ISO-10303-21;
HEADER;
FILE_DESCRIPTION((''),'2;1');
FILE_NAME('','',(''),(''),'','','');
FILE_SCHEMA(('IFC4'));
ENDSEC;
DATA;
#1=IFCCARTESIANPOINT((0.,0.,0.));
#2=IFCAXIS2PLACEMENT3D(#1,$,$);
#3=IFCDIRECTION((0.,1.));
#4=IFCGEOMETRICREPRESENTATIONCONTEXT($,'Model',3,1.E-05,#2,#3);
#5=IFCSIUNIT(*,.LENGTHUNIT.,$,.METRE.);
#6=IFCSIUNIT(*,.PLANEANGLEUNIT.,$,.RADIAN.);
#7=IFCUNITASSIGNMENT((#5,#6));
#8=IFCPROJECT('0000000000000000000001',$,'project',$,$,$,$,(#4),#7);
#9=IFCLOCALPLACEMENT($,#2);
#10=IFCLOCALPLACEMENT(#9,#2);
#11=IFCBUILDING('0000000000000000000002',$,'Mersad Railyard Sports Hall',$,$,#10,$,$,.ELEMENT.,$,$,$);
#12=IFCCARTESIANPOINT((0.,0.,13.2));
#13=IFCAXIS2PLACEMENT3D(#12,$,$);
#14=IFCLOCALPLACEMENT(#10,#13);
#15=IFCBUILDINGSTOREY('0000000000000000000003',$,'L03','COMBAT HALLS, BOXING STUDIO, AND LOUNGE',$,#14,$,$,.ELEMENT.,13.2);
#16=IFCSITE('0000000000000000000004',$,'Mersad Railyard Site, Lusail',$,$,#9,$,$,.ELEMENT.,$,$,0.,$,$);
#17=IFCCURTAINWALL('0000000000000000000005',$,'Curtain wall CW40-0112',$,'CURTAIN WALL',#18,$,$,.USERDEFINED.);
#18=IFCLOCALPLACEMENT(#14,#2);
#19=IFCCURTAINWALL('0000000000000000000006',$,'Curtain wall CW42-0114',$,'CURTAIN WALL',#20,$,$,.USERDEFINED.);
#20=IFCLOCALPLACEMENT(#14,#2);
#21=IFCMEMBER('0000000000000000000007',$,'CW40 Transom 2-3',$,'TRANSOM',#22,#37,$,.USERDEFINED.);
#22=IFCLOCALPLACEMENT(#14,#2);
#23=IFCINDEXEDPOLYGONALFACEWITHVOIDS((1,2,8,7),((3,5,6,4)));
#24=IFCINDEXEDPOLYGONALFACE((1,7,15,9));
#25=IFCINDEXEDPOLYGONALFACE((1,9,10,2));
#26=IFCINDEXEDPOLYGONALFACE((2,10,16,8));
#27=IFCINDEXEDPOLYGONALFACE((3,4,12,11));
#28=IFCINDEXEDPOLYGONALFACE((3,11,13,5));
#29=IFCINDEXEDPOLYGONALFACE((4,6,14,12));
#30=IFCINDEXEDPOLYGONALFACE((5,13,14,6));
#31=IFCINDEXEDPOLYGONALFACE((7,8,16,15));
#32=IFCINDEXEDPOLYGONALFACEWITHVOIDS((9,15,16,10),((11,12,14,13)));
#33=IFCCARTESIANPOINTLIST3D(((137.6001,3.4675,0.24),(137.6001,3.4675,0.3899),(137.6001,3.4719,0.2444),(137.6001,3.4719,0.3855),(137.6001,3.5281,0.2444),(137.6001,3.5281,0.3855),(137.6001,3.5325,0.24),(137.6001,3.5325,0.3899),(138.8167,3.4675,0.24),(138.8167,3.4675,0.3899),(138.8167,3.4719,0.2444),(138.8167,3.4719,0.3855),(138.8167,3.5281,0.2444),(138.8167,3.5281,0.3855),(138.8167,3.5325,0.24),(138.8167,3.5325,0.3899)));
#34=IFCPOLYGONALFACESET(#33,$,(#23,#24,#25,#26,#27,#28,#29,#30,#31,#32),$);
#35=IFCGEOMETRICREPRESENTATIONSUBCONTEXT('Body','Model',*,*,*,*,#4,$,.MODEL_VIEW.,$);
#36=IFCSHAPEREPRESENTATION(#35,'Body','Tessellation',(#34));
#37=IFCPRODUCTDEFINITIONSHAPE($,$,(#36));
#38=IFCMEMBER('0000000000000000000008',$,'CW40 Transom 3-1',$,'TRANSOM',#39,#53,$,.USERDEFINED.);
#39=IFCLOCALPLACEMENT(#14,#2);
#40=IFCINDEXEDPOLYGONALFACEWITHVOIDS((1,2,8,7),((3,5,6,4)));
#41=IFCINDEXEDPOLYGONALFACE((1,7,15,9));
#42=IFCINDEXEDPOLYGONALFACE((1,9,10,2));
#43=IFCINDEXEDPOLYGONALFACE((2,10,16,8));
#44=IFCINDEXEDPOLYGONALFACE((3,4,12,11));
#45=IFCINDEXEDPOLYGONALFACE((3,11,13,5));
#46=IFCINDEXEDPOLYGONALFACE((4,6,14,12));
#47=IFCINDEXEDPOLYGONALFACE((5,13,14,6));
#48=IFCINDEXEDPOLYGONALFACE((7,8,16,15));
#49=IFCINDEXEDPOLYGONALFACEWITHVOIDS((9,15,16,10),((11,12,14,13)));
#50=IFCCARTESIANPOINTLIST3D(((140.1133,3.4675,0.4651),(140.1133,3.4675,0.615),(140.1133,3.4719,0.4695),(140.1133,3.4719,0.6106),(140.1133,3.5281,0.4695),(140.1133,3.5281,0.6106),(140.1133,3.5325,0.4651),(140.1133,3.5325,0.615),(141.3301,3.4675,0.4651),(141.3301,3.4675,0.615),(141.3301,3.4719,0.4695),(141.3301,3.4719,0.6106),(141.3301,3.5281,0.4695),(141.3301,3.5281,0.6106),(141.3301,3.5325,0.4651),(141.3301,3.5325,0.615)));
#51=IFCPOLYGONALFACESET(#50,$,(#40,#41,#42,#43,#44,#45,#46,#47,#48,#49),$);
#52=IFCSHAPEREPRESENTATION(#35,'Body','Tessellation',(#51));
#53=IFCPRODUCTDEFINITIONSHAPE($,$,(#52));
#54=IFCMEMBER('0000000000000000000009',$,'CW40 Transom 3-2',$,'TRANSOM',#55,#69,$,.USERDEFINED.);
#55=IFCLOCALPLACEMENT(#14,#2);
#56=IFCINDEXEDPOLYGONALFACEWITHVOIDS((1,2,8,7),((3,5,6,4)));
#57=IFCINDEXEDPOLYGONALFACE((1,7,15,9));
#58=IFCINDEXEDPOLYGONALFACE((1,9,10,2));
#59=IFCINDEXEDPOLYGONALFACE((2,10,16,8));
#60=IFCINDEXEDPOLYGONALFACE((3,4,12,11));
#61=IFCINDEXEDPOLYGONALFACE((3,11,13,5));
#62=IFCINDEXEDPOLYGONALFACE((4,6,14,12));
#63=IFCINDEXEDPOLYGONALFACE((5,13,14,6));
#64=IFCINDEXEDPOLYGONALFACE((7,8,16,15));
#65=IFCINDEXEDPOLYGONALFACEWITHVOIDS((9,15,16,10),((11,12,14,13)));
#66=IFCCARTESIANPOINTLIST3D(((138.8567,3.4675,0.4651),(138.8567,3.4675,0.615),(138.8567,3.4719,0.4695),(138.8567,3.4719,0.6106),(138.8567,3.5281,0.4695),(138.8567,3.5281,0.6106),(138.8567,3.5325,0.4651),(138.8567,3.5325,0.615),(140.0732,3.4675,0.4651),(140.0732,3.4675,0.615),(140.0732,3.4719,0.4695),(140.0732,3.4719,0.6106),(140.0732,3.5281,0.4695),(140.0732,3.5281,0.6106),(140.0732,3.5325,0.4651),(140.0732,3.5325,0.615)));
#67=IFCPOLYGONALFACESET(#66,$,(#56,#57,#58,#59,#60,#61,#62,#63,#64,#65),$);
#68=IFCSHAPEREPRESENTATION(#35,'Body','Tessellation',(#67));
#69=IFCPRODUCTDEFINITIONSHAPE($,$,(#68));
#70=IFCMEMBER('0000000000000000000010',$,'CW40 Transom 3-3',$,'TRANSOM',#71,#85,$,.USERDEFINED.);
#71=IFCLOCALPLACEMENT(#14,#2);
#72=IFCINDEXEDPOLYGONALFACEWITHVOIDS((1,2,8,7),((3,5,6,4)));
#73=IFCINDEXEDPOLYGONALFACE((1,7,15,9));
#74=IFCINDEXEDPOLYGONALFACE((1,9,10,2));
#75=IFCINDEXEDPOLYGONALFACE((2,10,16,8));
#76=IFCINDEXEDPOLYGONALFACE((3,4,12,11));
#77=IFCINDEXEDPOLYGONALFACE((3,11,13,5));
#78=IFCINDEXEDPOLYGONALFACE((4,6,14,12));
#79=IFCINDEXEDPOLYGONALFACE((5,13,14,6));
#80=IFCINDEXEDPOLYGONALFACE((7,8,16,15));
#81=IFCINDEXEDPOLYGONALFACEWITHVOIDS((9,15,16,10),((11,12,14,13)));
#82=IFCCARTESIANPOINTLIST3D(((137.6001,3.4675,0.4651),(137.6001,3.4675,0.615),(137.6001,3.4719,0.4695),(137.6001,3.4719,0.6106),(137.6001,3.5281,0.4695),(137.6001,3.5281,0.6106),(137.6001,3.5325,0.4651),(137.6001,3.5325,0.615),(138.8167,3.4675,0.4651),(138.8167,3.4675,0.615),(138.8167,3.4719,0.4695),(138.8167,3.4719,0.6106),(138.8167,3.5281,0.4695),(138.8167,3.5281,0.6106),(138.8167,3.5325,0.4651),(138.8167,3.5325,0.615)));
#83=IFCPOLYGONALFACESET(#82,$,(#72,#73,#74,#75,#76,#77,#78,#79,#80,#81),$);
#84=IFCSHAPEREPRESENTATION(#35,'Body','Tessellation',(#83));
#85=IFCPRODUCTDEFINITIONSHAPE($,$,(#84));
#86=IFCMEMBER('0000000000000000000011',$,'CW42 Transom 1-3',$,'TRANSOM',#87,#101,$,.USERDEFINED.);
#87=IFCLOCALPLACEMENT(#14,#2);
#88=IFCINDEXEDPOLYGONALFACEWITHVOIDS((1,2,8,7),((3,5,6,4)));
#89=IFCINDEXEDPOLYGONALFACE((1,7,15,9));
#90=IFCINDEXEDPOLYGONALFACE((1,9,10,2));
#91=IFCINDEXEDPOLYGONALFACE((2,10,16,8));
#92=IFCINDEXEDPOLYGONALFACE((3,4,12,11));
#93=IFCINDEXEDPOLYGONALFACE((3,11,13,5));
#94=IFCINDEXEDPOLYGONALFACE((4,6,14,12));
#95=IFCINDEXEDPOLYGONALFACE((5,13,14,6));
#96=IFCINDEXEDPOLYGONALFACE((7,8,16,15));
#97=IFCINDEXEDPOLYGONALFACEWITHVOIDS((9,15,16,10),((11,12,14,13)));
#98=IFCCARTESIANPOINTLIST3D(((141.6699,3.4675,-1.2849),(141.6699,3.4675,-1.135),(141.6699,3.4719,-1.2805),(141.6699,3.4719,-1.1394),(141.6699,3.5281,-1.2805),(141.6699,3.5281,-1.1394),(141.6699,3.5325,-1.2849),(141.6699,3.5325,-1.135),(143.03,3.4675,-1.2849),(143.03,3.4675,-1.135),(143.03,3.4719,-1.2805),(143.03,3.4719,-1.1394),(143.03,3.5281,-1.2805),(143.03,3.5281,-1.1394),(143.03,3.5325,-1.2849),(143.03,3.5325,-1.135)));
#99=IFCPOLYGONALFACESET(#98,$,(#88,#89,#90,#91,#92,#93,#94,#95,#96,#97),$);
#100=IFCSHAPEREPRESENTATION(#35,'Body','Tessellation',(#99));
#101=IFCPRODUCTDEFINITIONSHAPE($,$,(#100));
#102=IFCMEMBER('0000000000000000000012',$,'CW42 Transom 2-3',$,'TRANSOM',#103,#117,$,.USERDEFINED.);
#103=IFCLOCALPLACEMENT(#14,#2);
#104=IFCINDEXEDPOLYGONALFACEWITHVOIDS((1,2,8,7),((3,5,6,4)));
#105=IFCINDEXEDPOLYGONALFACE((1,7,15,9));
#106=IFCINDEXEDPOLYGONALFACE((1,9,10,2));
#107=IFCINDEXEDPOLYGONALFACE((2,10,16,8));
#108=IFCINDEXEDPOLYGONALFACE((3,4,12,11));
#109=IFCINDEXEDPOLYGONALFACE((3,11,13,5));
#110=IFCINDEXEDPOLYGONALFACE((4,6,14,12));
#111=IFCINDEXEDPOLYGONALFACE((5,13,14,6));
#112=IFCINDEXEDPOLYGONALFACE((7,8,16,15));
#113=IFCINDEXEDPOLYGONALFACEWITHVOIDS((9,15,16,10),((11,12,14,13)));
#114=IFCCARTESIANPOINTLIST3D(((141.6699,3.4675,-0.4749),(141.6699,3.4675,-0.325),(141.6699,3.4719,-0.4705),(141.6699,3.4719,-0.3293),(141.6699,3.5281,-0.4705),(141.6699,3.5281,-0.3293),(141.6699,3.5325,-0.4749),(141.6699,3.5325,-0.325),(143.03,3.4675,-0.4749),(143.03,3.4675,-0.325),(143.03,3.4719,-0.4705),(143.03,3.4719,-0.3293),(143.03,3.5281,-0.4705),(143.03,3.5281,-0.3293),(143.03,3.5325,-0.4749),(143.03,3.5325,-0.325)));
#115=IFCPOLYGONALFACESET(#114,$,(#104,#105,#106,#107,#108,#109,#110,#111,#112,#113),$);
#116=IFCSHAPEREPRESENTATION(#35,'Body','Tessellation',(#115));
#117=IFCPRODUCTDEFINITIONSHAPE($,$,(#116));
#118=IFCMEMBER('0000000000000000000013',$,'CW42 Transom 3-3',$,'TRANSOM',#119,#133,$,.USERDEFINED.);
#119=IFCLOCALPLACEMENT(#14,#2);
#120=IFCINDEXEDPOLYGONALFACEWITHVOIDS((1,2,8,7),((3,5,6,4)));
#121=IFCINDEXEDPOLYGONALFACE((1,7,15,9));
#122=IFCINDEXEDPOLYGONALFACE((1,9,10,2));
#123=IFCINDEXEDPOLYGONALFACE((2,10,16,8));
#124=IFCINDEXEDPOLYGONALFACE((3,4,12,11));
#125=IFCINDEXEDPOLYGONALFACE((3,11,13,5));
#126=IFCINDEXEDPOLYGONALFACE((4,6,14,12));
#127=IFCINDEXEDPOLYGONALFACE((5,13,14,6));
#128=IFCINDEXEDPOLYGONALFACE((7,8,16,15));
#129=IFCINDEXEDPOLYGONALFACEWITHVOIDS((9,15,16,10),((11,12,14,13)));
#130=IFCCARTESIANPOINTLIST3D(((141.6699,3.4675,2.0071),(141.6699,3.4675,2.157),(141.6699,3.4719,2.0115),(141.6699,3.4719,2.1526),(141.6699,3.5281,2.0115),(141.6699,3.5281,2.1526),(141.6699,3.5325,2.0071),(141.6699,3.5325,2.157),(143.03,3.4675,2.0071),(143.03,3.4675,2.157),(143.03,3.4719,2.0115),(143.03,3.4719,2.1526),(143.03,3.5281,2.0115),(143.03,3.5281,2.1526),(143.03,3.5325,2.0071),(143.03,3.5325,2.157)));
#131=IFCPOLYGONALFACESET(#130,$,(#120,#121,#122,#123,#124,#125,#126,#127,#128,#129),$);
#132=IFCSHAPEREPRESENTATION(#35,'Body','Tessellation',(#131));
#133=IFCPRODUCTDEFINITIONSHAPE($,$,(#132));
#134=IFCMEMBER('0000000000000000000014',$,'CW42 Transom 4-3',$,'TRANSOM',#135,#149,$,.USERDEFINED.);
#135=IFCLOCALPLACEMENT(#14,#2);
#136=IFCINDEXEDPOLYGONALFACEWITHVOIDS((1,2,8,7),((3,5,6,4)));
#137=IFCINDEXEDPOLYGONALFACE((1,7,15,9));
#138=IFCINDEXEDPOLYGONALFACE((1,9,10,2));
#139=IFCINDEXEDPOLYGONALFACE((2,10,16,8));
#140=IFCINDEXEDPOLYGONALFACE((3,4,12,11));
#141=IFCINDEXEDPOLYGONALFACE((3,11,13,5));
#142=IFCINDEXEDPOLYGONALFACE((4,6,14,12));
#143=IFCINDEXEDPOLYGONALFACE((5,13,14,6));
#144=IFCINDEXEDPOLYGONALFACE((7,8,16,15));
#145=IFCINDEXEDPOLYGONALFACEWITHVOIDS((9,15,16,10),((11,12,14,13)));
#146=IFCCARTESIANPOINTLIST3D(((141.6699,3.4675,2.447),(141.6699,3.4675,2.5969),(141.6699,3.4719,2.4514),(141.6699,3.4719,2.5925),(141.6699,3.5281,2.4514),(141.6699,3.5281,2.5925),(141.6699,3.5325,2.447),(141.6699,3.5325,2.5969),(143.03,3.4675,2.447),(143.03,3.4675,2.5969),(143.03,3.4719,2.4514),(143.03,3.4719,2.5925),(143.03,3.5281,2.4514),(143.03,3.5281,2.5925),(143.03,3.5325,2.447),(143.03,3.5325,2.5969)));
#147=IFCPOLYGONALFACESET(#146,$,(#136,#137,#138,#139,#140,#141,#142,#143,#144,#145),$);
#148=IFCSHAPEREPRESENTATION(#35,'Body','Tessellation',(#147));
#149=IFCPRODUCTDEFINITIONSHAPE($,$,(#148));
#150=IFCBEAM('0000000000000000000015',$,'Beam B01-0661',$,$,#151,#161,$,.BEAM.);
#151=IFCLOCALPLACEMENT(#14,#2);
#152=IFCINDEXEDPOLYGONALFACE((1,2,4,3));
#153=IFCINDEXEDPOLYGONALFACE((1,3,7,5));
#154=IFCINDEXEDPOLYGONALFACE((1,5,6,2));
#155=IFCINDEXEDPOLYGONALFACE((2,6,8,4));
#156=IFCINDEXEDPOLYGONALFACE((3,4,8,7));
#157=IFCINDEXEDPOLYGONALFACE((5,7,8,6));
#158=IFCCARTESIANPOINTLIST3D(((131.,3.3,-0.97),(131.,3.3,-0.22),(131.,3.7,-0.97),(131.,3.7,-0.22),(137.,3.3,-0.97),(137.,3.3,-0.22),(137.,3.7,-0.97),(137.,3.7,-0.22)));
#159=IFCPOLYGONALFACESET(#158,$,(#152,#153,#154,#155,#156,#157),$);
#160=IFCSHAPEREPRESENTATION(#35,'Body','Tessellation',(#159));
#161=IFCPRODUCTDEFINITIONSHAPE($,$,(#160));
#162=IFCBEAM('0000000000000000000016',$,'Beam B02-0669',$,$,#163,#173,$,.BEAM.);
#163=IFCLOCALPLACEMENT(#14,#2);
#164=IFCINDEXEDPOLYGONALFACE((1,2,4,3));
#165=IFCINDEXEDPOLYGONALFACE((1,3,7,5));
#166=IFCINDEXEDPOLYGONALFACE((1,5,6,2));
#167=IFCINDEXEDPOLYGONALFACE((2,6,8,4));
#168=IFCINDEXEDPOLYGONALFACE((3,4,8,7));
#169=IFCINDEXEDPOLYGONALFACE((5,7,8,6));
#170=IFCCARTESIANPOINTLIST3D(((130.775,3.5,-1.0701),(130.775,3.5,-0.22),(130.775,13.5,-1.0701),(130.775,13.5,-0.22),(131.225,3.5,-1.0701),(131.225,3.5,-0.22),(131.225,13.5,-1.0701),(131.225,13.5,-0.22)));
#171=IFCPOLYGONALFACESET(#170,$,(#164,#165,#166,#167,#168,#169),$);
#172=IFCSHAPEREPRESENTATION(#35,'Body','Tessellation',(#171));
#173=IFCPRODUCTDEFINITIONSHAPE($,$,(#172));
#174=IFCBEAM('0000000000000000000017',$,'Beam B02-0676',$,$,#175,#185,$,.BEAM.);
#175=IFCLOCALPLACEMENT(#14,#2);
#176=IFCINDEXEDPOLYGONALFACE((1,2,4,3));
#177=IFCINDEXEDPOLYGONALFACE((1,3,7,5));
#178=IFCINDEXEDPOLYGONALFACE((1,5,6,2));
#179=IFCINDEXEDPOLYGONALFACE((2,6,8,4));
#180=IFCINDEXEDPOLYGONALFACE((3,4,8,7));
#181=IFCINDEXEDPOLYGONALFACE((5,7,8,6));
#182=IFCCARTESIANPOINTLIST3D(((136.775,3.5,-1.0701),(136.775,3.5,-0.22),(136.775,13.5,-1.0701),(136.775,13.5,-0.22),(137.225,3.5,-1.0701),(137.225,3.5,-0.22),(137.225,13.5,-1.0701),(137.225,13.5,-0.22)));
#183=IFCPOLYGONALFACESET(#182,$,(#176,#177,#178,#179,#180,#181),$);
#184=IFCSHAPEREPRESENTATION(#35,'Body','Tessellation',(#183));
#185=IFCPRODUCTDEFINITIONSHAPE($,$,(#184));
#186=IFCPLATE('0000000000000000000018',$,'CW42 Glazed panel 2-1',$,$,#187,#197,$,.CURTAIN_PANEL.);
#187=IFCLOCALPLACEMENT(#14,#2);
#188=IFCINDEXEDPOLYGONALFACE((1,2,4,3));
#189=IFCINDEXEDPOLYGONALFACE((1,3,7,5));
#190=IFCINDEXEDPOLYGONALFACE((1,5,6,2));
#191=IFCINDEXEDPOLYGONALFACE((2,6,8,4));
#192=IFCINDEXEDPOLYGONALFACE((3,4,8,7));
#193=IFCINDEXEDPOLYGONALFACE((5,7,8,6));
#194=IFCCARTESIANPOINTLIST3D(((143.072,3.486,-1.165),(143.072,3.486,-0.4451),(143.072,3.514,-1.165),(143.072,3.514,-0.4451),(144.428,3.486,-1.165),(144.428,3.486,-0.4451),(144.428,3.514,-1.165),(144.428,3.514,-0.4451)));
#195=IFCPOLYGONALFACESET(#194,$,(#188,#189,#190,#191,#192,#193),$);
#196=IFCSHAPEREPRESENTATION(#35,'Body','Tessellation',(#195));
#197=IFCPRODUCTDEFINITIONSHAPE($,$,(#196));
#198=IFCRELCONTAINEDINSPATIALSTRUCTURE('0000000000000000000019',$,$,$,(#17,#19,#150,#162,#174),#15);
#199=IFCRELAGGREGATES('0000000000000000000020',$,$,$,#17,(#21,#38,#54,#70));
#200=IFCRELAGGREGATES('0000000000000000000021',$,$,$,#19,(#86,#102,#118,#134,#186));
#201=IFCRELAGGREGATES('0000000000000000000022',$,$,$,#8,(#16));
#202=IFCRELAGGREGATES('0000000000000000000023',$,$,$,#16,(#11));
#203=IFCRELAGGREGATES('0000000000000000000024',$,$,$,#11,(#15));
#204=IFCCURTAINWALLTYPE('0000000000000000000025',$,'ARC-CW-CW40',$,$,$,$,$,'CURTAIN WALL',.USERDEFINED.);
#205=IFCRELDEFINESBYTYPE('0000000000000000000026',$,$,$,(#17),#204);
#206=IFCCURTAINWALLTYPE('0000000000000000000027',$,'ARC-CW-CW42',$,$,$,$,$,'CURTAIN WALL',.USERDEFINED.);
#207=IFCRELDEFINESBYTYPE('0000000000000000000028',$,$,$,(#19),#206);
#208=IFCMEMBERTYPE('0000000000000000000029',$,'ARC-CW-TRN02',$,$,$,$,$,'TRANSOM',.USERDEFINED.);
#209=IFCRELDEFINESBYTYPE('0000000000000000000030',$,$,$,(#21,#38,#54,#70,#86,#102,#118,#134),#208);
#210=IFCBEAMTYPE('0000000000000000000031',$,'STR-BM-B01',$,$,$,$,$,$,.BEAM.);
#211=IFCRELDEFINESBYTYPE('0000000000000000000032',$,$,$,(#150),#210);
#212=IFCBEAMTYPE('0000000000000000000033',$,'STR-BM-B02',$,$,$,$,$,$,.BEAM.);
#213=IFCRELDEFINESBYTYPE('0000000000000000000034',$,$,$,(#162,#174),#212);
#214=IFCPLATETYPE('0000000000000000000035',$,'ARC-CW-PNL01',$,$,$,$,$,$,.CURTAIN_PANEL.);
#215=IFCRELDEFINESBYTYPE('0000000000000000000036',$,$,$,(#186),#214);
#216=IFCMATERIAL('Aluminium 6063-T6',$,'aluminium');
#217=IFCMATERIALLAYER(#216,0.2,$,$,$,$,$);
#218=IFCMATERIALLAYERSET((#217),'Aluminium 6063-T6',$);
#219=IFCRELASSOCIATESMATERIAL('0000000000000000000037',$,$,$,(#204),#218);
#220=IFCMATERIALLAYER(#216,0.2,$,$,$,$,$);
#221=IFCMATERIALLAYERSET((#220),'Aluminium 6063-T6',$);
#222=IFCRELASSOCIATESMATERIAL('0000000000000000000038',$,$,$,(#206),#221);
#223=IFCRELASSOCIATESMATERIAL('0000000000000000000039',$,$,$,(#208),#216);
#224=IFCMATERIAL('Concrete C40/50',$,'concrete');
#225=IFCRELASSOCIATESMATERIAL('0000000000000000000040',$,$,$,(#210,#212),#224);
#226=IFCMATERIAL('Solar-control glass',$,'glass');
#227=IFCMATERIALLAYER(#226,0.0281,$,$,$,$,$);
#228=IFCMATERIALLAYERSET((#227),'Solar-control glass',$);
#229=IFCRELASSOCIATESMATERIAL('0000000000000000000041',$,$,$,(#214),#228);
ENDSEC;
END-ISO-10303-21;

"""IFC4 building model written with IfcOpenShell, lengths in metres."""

from ifc_helpers import new_model, si_unit, direction, frame, origin, origin_2d, place, context, subcontext, project, spatial, rectangle, hollow_rectangle, extrude, material, layer, layer_set, material_profile, profile_set, type_object, element, aggregate, save


model = new_model("IFC4")

# Units and contexts
model_context = context("Model", 3, precision=1e-05, world=origin(), true_north=direction((0.0, 1.0)))
body_context = subcontext(model_context, "Body", "Model", "MODEL_VIEW")
ifc_project = project(units=[si_unit("LENGTHUNIT", "METRE"), si_unit("PLANEANGLEUNIT", "RADIAN")], contexts=[model_context])

# Site, building, storey
site_placement = place(None, origin())
site = spatial("IfcSite", under=ifc_project, at=site_placement, Name="Mersad Railyard Site, Lusail", CompositionType="ELEMENT", RefElevation=0.0)
building_placement = place(site_placement, origin())
building = spatial("IfcBuilding", under=site, at=building_placement, Name="Mersad Railyard Sports Hall", CompositionType="ELEMENT")
storey_placement = place(building_placement, frame((0.0, 0.0, 13.2)))
storey = spatial("IfcBuildingStorey", under=building, at=storey_placement, Name="L03", Description="COMBAT HALLS, BOXING STUDIO, AND LOUNGE", CompositionType="ELEMENT", Elevation=13.2)

# Curtain walls
ifc_material_1 = material(Name="Aluminium 6063-T6", Category="aluminium")
ifc_layer_1 = layer(ifc_material_1, 0.2)
ifc_layer_set_1 = layer_set([ifc_layer_1], Name="Aluminium 6063-T6")
curtain_wall_type_1 = type_object("IfcCurtainWallType", Name="ARC-CW-CW40", ElementType="CURTAIN WALL", PredefinedType="USERDEFINED", material=ifc_layer_set_1)
curtain_wall_1_placement = place(storey_placement, origin())
curtain_wall_1 = element("IfcCurtainWall", 1, at=curtain_wall_1_placement, inside=storey, type_object=curtain_wall_type_1, Name="Curtain wall CW40-0112", ObjectType="CURTAIN WALL", PredefinedType="USERDEFINED")
ifc_layer_2 = layer(ifc_material_1, 0.2)
ifc_layer_set_2 = layer_set([ifc_layer_2], Name="Aluminium 6063-T6")
curtain_wall_type_2 = type_object("IfcCurtainWallType", Name="ARC-CW-CW42", ElementType="CURTAIN WALL", PredefinedType="USERDEFINED", material=ifc_layer_set_2)
curtain_wall_2_placement = place(storey_placement, origin())
curtain_wall_2 = element("IfcCurtainWall", 2, at=curtain_wall_2_placement, inside=storey, type_object=curtain_wall_type_2, Name="Curtain wall CW42-0114", ObjectType="CURTAIN WALL", PredefinedType="USERDEFINED")

# Members
ifc_material_profile_1 = material_profile(ifc_material_1, hollow_rectangle(XDim=0.0649, YDim=0.1499, WallThickness=0.0044, at=origin_2d()), Name="AL TRANSOM 65x150x4.5")
ifc_profile_set_1 = profile_set([ifc_material_profile_1], Name="Aluminium 6063-T6")
member_type_1 = type_object("IfcMemberType", Name="ARC-CW-TRN02", ElementType="TRANSOM", PredefinedType="USERDEFINED", material=ifc_profile_set_1)
member_1_placement = place(storey_placement, frame((138.8167, 3.5, 0.3149), z_axis=(-1.0, 0.0, 0.0), x_axis=(0.0, -1.0, 0.0)))
member_1 = element("IfcMember", 3, at=member_1_placement, type_object=member_type_1, Name="CW40 Transom 2-3", ObjectType="TRANSOM", PredefinedType="USERDEFINED", context=body_context, shape_type="SweptSolid", body=[
    extrude(hollow_rectangle(XDim=0.0649, YDim=0.1499, WallThickness=0.0044, at=origin_2d()), origin(), (0.0, 0.0, 1.0), 1.2166),
])
member_2_placement = place(storey_placement, frame((141.3301, 3.5, 0.54), z_axis=(-1.0, 0.0, 0.0), x_axis=(0.0, -1.0, 0.0)))
member_2 = element("IfcMember", 4, at=member_2_placement, type_object=member_type_1, Name="CW40 Transom 3-1", ObjectType="TRANSOM", PredefinedType="USERDEFINED", context=body_context, shape_type="SweptSolid", body=[
    extrude(hollow_rectangle(XDim=0.0649, YDim=0.1499, WallThickness=0.0044, at=origin_2d()), origin(), (0.0, 0.0, 1.0), 1.2168),
])
member_3_placement = place(storey_placement, frame((140.0732, 3.5, 0.54), z_axis=(-1.0, 0.0, 0.0), x_axis=(0.0, -1.0, 0.0)))
member_3 = element("IfcMember", 5, at=member_3_placement, type_object=member_type_1, Name="CW40 Transom 3-2", ObjectType="TRANSOM", PredefinedType="USERDEFINED", context=body_context, shape_type="SweptSolid", body=[
    extrude(hollow_rectangle(XDim=0.0649, YDim=0.1499, WallThickness=0.0044, at=origin_2d()), origin(), (0.0, 0.0, 1.0), 1.2166),
])
member_4_placement = place(storey_placement, frame((138.8167, 3.5, 0.54), z_axis=(-1.0, 0.0, 0.0), x_axis=(0.0, -1.0, 0.0)))
member_4 = element("IfcMember", 6, at=member_4_placement, type_object=member_type_1, Name="CW40 Transom 3-3", ObjectType="TRANSOM", PredefinedType="USERDEFINED", context=body_context, shape_type="SweptSolid", body=[
    extrude(hollow_rectangle(XDim=0.0649, YDim=0.1499, WallThickness=0.0044, at=origin_2d()), origin(), (0.0, 0.0, 1.0), 1.2166),
])
aggregate(curtain_wall_1, [member_1, member_2, member_3, member_4])
member_5_placement = place(storey_placement, frame((143.03, 3.5, -1.21), z_axis=(-1.0, 0.0, 0.0), x_axis=(0.0, -1.0, 0.0)))
member_5 = element("IfcMember", 7, at=member_5_placement, type_object=member_type_1, Name="CW42 Transom 1-3", ObjectType="TRANSOM", PredefinedType="USERDEFINED", context=body_context, shape_type="SweptSolid", body=[
    extrude(hollow_rectangle(XDim=0.0649, YDim=0.1499, WallThickness=0.0044, at=origin_2d()), origin(), (0.0, 0.0, 1.0), 1.3601),
])
member_6_placement = place(storey_placement, frame((143.03, 3.5, -0.3999), z_axis=(-1.0, 0.0, 0.0), x_axis=(0.0, -1.0, 0.0)))
member_6 = element("IfcMember", 8, at=member_6_placement, type_object=member_type_1, Name="CW42 Transom 2-3", ObjectType="TRANSOM", PredefinedType="USERDEFINED", context=body_context, shape_type="SweptSolid", body=[
    extrude(hollow_rectangle(XDim=0.0649, YDim=0.1499, WallThickness=0.0044, at=origin_2d()), origin(), (0.0, 0.0, 1.0), 1.3601),
])
member_7_placement = place(storey_placement, frame((143.03, 3.5, 2.082), z_axis=(-1.0, 0.0, 0.0), x_axis=(0.0, -1.0, 0.0)))
member_7 = element("IfcMember", 9, at=member_7_placement, type_object=member_type_1, Name="CW42 Transom 3-3", ObjectType="TRANSOM", PredefinedType="USERDEFINED", context=body_context, shape_type="SweptSolid", body=[
    extrude(hollow_rectangle(XDim=0.0649, YDim=0.1499, WallThickness=0.0044, at=origin_2d()), origin(), (0.0, 0.0, 1.0), 1.3601),
])
member_8_placement = place(storey_placement, frame((143.03, 3.5, 2.522), z_axis=(-1.0, 0.0, 0.0), x_axis=(0.0, -1.0, 0.0)))
member_8 = element("IfcMember", 10, at=member_8_placement, type_object=member_type_1, Name="CW42 Transom 4-3", ObjectType="TRANSOM", PredefinedType="USERDEFINED", context=body_context, shape_type="SweptSolid", body=[
    extrude(hollow_rectangle(XDim=0.0649, YDim=0.1499, WallThickness=0.0044, at=origin_2d()), origin(), (0.0, 0.0, 1.0), 1.3601),
])

# Beams
ifc_material_2 = material(Name="Concrete C40/50", Category="concrete")
ifc_material_profile_2 = material_profile(ifc_material_2, rectangle(XDim=0.3999, YDim=0.75, at=origin_2d()), Name="RC 400x750")
ifc_profile_set_2 = profile_set([ifc_material_profile_2], Name="Concrete C40/50")
beam_type_1 = type_object("IfcBeamType", Name="STR-BM-B01", PredefinedType="BEAM", material=ifc_profile_set_2)
beam_placement = place(storey_placement, frame((131.0, 3.5, -0.595), z_axis=(1.0, 0.0, 0.0), x_axis=(0.0, 1.0, 0.0)))
element("IfcBeam", 11, at=beam_placement, inside=storey, type_object=beam_type_1, Name="Beam B01-0661", PredefinedType="BEAM", context=body_context, shape_type="SweptSolid", body=[
    extrude(rectangle(XDim=0.3999, YDim=0.75, at=origin_2d()), origin(), (0.0, 0.0, 1.0), 6.0),
])
ifc_material_profile_3 = material_profile(ifc_material_2, rectangle(XDim=0.45, YDim=0.8501, at=origin_2d()), Name="RC 450x850")
ifc_profile_set_3 = profile_set([ifc_material_profile_3], Name="Concrete C40/50")
beam_type_2 = type_object("IfcBeamType", Name="STR-BM-B02", PredefinedType="BEAM", material=ifc_profile_set_3)
for number, where, z_axis, x_axis, name in (
    (12, (131.0, 3.5, -0.645), (0.0, 1.0, 0.0), (-1.0, 0.0, 0.0), "Beam B02-0669"),
    (13, (137.0, 3.5, -0.645), (0.0, 1.0, 0.0), (-1.0, 0.0, 0.0), "Beam B02-0676"),
):
    element("IfcBeam", number, at=place(storey_placement, frame(where, z_axis=z_axis, x_axis=x_axis)), inside=storey, type_object=beam_type_2, Name=name, PredefinedType="BEAM", context=body_context, shape_type="SweptSolid", body=[
        extrude(rectangle(XDim=0.45, YDim=0.8501, at=origin_2d()), origin(), (0.0, 0.0, 1.0), 10.0),
    ])

# Plate
ifc_material_3 = material(Name="Solar-control glass", Category="glass")
ifc_layer_3 = layer(ifc_material_3, 0.0281)
ifc_layer_set_3 = layer_set([ifc_layer_3], Name="Solar-control glass")
plate_type = type_object("IfcPlateType", Name="ARC-CW-PNL01", PredefinedType="CURTAIN_PANEL", material=ifc_layer_set_3)
plate_1_placement = place(storey_placement, frame((143.75, 3.5, -1.165), z_axis=(0.0, 0.0, 1.0), x_axis=(-1.0, 0.0, 0.0)))
plate_1 = element("IfcPlate", 14, at=plate_1_placement, type_object=plate_type, Name="CW42 Glazed panel 2-1", PredefinedType="CURTAIN_PANEL", context=body_context, shape_type="SweptSolid", body=[
    extrude(rectangle(XDim=1.356, YDim=0.0281, at=origin_2d()), origin(), (0.0, 0.0, 1.0), 0.72),
])
aggregate(curtain_wall_2, [member_5, member_6, member_7, member_8, plate_1])

save(model, "model.ifc")
